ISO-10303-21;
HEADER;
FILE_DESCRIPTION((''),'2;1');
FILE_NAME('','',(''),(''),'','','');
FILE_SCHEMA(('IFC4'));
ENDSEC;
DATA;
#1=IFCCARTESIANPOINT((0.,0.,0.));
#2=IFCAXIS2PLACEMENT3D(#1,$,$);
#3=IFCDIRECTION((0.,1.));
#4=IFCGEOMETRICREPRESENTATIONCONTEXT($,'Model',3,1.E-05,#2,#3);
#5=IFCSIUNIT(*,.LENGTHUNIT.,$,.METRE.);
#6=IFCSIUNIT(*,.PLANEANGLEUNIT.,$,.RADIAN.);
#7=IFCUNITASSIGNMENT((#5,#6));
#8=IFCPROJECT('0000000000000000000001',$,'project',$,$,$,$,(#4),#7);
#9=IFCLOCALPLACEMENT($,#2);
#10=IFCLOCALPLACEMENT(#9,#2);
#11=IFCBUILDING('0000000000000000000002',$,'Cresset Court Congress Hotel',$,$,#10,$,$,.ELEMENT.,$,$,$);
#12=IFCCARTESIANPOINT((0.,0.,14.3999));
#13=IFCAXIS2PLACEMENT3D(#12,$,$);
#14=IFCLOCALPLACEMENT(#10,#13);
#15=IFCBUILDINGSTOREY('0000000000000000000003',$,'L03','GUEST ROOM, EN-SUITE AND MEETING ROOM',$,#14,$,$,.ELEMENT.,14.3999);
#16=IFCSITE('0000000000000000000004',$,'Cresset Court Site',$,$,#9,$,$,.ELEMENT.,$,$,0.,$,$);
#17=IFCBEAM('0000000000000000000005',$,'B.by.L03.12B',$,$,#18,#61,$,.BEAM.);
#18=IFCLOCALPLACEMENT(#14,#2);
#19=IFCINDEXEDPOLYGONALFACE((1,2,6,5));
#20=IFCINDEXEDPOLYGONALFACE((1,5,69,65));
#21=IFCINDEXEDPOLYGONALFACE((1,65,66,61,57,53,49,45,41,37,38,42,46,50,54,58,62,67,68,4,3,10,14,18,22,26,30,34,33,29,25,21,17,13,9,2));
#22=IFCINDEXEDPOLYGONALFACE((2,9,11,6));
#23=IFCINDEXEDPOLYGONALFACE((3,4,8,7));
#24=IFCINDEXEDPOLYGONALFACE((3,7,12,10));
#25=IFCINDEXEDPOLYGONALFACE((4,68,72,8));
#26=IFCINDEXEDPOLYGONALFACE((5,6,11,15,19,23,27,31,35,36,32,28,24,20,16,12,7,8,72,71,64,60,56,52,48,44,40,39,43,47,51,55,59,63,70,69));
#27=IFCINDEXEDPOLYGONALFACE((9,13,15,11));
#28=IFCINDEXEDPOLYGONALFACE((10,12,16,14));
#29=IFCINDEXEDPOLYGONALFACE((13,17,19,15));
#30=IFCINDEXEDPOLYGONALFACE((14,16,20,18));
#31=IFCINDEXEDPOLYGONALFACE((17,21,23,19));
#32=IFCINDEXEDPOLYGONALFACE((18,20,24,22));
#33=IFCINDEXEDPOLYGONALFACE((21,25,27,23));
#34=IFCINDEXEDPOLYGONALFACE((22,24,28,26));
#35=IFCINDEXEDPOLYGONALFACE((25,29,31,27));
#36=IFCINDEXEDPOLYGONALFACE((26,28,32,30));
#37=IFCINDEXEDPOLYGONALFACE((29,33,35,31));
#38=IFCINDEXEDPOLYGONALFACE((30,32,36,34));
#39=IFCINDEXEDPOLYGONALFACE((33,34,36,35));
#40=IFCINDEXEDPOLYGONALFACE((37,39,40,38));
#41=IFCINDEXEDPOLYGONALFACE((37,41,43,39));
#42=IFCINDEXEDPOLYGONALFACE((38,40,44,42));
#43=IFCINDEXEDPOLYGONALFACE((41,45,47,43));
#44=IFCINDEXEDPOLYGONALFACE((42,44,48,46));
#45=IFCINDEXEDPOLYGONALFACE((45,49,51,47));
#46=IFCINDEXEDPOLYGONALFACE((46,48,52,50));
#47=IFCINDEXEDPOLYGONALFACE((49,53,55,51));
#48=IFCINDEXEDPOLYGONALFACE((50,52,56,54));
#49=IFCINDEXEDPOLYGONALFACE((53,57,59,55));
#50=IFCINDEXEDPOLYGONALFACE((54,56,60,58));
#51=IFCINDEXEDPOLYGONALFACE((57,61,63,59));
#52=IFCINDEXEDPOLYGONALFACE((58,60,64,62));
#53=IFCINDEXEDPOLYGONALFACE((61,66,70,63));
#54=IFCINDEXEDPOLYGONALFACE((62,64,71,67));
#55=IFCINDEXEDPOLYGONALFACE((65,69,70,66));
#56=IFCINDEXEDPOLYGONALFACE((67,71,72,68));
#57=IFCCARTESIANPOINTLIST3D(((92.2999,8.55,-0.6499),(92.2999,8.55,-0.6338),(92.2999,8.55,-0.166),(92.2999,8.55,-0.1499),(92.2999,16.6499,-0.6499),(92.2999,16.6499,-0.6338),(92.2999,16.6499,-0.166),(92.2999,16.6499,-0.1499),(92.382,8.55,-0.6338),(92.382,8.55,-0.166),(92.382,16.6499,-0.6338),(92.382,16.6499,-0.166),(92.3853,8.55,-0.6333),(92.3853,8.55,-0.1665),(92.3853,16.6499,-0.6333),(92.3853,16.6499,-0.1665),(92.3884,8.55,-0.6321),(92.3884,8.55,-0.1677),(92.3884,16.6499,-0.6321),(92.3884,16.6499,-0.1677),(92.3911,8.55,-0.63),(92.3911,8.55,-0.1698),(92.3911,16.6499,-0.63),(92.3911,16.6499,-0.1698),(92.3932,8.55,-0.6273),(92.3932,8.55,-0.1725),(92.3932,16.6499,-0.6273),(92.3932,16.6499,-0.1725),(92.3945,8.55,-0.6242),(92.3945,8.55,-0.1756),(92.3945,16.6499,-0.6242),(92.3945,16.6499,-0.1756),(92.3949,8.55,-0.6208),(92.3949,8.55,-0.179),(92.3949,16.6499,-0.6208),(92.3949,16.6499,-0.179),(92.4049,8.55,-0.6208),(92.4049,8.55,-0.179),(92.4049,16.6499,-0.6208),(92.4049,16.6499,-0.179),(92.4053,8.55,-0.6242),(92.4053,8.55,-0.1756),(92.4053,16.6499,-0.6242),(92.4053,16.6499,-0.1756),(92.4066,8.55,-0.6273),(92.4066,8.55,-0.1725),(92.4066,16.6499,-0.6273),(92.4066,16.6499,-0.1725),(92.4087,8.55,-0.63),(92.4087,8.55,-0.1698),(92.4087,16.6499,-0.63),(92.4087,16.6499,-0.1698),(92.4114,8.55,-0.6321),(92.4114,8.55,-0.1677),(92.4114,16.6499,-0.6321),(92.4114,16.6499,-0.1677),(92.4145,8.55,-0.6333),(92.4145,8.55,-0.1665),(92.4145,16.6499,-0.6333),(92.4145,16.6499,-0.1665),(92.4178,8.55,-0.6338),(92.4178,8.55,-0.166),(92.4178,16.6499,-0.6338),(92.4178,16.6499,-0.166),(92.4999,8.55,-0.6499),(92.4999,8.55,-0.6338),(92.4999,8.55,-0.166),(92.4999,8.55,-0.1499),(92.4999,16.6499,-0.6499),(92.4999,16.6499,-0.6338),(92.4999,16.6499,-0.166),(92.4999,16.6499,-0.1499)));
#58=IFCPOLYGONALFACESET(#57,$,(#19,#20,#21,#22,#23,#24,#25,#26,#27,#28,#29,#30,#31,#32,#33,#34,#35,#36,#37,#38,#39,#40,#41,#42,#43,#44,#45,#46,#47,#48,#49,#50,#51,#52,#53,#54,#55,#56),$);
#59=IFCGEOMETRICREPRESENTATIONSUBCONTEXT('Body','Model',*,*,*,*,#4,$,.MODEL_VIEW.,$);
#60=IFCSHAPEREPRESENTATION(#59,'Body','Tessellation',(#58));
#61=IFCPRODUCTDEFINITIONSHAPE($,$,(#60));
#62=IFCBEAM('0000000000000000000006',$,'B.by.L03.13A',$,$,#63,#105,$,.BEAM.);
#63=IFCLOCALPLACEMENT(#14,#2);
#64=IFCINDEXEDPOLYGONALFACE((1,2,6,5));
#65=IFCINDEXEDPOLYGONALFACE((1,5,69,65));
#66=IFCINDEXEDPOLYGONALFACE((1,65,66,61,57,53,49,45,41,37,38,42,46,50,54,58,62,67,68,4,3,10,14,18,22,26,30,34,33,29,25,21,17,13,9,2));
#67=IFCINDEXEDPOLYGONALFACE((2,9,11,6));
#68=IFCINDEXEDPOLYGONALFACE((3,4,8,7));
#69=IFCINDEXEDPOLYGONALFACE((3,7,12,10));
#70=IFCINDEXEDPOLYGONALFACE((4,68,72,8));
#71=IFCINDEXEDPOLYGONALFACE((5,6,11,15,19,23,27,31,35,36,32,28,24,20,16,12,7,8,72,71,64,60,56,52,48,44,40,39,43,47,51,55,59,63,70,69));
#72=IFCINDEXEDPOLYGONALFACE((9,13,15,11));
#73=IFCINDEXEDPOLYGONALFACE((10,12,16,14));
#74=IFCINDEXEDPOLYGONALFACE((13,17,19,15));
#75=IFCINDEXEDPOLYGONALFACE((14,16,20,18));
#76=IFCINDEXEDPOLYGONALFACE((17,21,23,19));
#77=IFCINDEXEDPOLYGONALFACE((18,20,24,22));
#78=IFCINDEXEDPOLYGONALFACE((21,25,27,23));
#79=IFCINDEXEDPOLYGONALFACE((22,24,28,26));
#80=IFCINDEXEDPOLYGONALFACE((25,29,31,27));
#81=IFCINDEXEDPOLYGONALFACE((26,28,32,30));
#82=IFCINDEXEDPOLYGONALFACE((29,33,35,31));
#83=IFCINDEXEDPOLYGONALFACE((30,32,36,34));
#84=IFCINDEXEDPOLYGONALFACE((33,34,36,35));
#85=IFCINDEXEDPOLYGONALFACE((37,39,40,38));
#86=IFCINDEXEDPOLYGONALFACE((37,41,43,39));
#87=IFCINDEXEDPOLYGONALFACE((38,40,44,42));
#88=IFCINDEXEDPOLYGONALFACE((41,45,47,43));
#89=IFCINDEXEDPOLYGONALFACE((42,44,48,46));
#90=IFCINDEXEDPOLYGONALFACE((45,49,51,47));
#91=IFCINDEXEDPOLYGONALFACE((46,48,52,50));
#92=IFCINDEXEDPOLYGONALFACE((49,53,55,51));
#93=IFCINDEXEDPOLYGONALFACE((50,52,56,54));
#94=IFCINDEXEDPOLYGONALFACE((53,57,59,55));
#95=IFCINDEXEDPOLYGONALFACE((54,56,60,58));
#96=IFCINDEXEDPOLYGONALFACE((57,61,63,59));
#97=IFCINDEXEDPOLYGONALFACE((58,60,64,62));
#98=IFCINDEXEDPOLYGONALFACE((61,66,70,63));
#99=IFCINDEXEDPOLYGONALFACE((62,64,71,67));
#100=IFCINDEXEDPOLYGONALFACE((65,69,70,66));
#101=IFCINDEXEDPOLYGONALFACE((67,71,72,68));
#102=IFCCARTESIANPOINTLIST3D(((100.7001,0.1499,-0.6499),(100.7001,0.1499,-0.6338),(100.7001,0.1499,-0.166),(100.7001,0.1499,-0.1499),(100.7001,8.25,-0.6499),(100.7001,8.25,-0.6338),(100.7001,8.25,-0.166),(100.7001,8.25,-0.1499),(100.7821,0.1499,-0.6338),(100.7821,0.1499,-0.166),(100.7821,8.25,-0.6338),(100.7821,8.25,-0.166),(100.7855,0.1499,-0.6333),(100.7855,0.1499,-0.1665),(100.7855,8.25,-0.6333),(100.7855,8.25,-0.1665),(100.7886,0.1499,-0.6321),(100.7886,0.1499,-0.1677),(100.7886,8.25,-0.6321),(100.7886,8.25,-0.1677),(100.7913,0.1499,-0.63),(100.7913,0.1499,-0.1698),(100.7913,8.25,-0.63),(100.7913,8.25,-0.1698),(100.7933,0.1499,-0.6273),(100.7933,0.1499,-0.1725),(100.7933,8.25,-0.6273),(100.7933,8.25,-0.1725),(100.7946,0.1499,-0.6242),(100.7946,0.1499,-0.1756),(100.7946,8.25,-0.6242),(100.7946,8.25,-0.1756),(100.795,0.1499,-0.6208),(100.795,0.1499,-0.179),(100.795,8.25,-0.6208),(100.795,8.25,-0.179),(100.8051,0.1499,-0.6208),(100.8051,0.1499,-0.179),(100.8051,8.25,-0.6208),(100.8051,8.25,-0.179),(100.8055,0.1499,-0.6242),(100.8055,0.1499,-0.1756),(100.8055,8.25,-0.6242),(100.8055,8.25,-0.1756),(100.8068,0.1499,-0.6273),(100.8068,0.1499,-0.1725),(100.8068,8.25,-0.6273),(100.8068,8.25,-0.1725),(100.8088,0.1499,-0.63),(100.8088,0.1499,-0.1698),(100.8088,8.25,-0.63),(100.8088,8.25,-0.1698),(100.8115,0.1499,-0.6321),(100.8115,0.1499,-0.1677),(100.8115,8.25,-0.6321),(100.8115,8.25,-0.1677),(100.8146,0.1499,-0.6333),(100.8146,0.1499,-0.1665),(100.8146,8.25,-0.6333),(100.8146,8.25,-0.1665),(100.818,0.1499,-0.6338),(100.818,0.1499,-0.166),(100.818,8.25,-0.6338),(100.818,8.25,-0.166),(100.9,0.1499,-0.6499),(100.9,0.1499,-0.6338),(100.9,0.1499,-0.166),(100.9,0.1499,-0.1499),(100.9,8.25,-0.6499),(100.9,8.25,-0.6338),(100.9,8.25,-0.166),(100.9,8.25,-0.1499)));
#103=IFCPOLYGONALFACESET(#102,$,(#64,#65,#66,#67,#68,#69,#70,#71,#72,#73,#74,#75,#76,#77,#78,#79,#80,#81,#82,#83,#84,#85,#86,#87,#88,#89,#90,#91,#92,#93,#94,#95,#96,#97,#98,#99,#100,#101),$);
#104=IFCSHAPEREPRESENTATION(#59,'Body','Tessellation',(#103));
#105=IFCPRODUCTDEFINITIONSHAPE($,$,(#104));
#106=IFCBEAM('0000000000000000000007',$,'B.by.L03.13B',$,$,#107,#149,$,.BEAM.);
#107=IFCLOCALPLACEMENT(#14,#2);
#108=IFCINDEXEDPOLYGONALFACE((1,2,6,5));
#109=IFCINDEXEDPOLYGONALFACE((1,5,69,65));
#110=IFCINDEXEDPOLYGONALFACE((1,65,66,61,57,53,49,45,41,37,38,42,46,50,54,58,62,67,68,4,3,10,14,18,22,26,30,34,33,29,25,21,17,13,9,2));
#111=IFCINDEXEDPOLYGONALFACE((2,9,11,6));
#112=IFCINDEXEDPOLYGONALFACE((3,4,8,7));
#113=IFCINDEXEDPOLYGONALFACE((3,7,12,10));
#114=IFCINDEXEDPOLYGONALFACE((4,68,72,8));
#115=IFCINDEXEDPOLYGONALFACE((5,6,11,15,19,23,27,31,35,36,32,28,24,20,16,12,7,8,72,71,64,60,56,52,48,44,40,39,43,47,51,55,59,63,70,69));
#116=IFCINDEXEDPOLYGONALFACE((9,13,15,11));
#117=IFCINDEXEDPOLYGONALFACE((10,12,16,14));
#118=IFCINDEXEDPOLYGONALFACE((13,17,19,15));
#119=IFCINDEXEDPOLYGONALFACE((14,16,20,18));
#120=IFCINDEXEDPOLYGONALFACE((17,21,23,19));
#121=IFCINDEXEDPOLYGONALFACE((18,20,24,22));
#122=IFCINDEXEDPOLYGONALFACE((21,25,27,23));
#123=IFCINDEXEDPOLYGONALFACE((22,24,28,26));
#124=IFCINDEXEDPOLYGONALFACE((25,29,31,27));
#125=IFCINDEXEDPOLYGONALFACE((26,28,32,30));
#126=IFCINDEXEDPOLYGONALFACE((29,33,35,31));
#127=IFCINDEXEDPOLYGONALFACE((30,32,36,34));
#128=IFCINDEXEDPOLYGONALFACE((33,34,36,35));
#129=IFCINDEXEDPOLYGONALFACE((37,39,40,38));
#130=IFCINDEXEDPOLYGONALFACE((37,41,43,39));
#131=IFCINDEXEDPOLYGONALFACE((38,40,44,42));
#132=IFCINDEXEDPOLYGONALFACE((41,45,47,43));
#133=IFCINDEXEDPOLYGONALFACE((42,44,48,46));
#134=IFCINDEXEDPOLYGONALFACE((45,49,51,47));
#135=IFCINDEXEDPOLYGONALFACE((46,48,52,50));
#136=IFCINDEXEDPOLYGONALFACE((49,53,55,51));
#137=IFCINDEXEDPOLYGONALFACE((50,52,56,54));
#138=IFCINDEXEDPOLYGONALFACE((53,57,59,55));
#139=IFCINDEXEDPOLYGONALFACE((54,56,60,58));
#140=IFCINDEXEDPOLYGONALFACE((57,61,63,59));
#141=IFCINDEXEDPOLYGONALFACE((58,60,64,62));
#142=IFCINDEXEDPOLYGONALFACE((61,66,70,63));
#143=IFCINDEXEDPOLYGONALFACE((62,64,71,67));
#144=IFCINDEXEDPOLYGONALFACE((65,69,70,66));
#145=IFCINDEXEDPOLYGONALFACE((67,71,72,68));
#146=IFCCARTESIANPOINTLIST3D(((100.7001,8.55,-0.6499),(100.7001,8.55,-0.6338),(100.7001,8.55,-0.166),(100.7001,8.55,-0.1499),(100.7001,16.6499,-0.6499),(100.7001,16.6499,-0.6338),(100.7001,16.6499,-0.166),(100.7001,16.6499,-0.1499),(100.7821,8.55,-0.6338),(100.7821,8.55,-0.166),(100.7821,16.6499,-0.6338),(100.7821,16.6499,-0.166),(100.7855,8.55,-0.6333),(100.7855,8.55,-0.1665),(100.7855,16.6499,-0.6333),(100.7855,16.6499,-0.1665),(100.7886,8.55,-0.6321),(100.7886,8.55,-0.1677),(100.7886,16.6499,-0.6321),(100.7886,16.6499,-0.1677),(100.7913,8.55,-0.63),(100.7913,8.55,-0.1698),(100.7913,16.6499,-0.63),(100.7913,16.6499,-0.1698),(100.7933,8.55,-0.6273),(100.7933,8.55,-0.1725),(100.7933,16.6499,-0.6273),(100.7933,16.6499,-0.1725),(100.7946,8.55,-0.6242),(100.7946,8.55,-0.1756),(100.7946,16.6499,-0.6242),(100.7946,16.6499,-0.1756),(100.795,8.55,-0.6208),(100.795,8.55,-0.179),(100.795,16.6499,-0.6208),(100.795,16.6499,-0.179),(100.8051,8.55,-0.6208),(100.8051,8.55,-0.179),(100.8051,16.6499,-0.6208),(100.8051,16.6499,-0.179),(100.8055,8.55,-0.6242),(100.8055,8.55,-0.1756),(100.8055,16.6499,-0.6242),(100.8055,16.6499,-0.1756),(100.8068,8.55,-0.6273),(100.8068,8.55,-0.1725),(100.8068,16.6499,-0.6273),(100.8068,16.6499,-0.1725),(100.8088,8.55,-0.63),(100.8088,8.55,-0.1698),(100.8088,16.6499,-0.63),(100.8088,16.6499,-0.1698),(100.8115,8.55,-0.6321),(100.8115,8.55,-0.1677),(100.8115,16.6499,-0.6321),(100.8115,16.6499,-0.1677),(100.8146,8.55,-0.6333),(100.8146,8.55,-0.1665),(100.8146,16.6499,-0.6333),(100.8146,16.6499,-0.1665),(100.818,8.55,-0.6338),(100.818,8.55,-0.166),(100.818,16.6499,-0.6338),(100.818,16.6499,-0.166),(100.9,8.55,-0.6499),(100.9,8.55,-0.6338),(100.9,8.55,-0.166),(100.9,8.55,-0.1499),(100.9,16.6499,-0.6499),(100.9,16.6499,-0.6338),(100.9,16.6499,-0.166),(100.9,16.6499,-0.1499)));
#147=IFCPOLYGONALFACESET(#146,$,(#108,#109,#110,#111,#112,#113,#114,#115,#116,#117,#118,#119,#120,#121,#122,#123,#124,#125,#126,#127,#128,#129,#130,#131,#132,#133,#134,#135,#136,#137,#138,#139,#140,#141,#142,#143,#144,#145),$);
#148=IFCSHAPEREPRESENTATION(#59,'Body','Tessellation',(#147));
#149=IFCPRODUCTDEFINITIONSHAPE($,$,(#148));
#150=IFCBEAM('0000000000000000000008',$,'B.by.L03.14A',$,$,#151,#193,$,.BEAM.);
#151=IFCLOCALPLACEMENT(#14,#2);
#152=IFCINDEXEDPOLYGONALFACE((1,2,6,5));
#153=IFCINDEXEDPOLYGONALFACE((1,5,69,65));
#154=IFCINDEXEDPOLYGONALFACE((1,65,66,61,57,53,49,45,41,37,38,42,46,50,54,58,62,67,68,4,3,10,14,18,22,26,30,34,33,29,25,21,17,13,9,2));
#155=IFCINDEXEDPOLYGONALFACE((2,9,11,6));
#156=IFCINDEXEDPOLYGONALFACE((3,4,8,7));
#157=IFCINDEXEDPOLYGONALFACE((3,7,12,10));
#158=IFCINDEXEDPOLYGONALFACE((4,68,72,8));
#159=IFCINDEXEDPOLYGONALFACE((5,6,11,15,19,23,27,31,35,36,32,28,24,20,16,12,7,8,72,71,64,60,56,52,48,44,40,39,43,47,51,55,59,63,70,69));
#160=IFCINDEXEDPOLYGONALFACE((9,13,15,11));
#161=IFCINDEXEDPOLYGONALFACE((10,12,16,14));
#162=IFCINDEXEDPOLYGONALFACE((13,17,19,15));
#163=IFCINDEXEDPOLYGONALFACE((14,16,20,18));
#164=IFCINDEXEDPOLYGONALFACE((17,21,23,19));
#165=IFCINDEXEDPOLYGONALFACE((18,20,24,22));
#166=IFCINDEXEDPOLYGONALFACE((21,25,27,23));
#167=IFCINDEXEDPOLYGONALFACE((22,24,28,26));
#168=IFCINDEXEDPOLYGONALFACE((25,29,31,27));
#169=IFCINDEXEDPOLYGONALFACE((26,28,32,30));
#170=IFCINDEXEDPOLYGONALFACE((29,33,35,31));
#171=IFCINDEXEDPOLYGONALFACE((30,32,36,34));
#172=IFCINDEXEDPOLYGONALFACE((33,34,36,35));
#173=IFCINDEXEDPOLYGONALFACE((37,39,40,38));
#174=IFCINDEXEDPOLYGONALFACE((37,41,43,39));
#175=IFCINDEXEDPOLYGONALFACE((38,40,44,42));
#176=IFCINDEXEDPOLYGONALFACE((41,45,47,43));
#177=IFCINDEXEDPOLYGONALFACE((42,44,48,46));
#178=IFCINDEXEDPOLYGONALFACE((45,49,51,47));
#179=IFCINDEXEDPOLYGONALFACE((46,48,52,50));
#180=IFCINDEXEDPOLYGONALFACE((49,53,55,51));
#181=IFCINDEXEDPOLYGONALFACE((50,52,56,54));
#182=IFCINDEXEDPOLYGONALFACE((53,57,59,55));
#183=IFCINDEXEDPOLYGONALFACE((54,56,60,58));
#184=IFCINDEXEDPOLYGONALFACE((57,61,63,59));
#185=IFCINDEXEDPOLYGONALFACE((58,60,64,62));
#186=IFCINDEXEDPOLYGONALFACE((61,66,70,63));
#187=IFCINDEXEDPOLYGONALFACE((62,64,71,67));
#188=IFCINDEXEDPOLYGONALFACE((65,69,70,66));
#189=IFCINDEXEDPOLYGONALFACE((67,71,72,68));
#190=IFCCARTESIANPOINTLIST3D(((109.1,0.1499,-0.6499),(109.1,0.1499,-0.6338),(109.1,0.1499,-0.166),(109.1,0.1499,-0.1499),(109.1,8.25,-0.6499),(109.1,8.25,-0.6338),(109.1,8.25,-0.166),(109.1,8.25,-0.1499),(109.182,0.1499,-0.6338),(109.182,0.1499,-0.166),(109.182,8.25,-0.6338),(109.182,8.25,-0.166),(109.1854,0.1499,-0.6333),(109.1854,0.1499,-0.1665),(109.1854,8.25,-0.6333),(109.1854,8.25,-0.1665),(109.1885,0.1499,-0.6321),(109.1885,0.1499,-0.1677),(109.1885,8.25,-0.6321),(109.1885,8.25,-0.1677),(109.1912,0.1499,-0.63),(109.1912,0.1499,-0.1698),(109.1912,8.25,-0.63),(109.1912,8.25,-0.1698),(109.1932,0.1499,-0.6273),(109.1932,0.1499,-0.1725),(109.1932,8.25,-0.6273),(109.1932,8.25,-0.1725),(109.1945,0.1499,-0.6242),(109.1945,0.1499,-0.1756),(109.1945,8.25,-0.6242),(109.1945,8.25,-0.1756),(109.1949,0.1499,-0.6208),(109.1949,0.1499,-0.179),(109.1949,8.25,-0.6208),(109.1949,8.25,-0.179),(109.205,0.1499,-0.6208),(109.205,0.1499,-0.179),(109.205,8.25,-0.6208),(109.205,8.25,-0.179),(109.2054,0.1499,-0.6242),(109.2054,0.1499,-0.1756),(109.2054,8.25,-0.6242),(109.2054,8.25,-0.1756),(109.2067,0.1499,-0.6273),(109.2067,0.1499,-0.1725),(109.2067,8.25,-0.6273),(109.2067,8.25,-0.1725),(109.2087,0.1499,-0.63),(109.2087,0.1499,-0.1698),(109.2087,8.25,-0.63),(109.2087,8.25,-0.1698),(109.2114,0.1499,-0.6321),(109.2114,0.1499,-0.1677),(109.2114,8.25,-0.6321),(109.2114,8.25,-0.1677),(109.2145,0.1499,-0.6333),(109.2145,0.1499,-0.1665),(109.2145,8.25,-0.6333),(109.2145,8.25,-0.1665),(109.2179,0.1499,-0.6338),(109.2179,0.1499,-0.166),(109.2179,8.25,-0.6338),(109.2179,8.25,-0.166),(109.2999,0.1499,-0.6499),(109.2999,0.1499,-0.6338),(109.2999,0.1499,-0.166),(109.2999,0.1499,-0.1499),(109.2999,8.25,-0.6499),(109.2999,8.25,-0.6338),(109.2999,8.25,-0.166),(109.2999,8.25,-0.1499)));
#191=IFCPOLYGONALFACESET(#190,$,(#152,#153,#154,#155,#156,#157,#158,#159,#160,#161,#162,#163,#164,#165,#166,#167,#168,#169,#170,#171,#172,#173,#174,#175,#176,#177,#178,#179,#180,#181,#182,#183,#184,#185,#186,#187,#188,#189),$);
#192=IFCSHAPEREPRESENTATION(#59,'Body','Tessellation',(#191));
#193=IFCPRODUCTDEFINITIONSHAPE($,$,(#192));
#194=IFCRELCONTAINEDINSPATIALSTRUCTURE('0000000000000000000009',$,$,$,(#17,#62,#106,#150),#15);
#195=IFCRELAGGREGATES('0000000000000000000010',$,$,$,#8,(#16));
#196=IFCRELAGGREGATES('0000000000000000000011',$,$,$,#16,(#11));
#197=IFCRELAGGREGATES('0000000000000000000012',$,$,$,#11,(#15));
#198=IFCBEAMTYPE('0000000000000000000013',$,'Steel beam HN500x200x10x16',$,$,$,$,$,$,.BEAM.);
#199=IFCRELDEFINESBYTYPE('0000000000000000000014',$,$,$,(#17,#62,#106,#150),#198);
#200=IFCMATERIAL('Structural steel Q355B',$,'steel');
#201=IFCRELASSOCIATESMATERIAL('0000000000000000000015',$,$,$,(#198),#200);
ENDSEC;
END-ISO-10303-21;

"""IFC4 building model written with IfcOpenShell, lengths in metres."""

from ifc_helpers import new_model, si_unit, direction, frame, origin, origin_2d, place, context, subcontext, project, spatial, i_section, extrude, material, material_profile, profile_set, type_object, element, save


model = new_model("IFC4")

# Units and contexts
model_context = context("Model", 3, precision=1e-05, world=origin(), true_north=direction((0.0, 1.0)))
body_context = subcontext(model_context, "Body", "Model", "MODEL_VIEW")
ifc_project = project(units=[si_unit("LENGTHUNIT", "METRE"), si_unit("PLANEANGLEUNIT", "RADIAN")], contexts=[model_context])

# Site, building, storey
site_placement = place(None, origin())
site = spatial("IfcSite", under=ifc_project, at=site_placement, Name="Cresset Court Site", CompositionType="ELEMENT", RefElevation=0.0)
building_placement = place(site_placement, origin())
building = spatial("IfcBuilding", under=site, at=building_placement, Name="Cresset Court Congress Hotel", CompositionType="ELEMENT")
storey_placement = place(building_placement, frame((0.0, 0.0, 14.3999)))
storey = spatial("IfcBuildingStorey", under=building, at=storey_placement, Name="L03", Description="GUEST ROOM, EN-SUITE AND MEETING ROOM", CompositionType="ELEMENT", Elevation=14.3999)

# Beams
ifc_material_1 = material(Name="Structural steel Q355B", Category="steel")
ifc_material_profile_1 = material_profile(ifc_material_1, i_section(OverallWidth=0.2, OverallDepth=0.5, WebThickness=0.01, FlangeThickness=0.0161, FilletRadius=0.0129, at=origin_2d()), Name="HN500x200x10x16")
ifc_profile_set_1 = profile_set([ifc_material_profile_1], Name="Structural steel Q355B")
beam_type_1 = type_object("IfcBeamType", Name="Steel beam HN500x200x10x16", PredefinedType="BEAM", material=ifc_profile_set_1)
beam_1_placement = place(storey_placement, frame((92.3999, 8.55, -0.3999), z_axis=(0.0, 1.0, 0.0), x_axis=(-1.0, 0.0, 0.0)))
element("IfcBeam", 1, at=beam_1_placement, inside=storey, type_object=beam_type_1, Name="B.by.L03.12B", PredefinedType="BEAM", context=body_context, shape_type="SweptSolid", body=[
    extrude(i_section(OverallWidth=0.2, OverallDepth=0.5, WebThickness=0.01, FlangeThickness=0.0161, FilletRadius=0.0129, at=origin_2d()), origin(), (0.0, 0.0, 1.0), 8.0999),
])
beam_2_placement = place(storey_placement, frame((100.8, 0.1499, -0.3999), z_axis=(0.0, 1.0, 0.0), x_axis=(-1.0, 0.0, 0.0)))
element("IfcBeam", 2, at=beam_2_placement, inside=storey, type_object=beam_type_1, Name="B.by.L03.13A", PredefinedType="BEAM", context=body_context, shape_type="SweptSolid", body=[
    extrude(i_section(OverallWidth=0.2, OverallDepth=0.5, WebThickness=0.01, FlangeThickness=0.0161, FilletRadius=0.0129, at=origin_2d()), origin(), (0.0, 0.0, 1.0), 8.1001),
])
beam_3_placement = place(storey_placement, frame((100.8, 8.55, -0.3999), z_axis=(0.0, 1.0, 0.0), x_axis=(-1.0, 0.0, 0.0)))
element("IfcBeam", 3, at=beam_3_placement, inside=storey, type_object=beam_type_1, Name="B.by.L03.13B", PredefinedType="BEAM", context=body_context, shape_type="SweptSolid", body=[
    extrude(i_section(OverallWidth=0.2, OverallDepth=0.5, WebThickness=0.01, FlangeThickness=0.0161, FilletRadius=0.0129, at=origin_2d()), origin(), (0.0, 0.0, 1.0), 8.0999),
])
beam_4_placement = place(storey_placement, frame((109.2, 0.1499, -0.3999), z_axis=(0.0, 1.0, 0.0), x_axis=(-1.0, 0.0, 0.0)))
element("IfcBeam", 4, at=beam_4_placement, inside=storey, type_object=beam_type_1, Name="B.by.L03.14A", PredefinedType="BEAM", context=body_context, shape_type="SweptSolid", body=[
    extrude(i_section(OverallWidth=0.2, OverallDepth=0.5, WebThickness=0.01, FlangeThickness=0.0161, FilletRadius=0.0129, at=origin_2d()), origin(), (0.0, 0.0, 1.0), 8.1001),
])

save(model, "model.ifc")
